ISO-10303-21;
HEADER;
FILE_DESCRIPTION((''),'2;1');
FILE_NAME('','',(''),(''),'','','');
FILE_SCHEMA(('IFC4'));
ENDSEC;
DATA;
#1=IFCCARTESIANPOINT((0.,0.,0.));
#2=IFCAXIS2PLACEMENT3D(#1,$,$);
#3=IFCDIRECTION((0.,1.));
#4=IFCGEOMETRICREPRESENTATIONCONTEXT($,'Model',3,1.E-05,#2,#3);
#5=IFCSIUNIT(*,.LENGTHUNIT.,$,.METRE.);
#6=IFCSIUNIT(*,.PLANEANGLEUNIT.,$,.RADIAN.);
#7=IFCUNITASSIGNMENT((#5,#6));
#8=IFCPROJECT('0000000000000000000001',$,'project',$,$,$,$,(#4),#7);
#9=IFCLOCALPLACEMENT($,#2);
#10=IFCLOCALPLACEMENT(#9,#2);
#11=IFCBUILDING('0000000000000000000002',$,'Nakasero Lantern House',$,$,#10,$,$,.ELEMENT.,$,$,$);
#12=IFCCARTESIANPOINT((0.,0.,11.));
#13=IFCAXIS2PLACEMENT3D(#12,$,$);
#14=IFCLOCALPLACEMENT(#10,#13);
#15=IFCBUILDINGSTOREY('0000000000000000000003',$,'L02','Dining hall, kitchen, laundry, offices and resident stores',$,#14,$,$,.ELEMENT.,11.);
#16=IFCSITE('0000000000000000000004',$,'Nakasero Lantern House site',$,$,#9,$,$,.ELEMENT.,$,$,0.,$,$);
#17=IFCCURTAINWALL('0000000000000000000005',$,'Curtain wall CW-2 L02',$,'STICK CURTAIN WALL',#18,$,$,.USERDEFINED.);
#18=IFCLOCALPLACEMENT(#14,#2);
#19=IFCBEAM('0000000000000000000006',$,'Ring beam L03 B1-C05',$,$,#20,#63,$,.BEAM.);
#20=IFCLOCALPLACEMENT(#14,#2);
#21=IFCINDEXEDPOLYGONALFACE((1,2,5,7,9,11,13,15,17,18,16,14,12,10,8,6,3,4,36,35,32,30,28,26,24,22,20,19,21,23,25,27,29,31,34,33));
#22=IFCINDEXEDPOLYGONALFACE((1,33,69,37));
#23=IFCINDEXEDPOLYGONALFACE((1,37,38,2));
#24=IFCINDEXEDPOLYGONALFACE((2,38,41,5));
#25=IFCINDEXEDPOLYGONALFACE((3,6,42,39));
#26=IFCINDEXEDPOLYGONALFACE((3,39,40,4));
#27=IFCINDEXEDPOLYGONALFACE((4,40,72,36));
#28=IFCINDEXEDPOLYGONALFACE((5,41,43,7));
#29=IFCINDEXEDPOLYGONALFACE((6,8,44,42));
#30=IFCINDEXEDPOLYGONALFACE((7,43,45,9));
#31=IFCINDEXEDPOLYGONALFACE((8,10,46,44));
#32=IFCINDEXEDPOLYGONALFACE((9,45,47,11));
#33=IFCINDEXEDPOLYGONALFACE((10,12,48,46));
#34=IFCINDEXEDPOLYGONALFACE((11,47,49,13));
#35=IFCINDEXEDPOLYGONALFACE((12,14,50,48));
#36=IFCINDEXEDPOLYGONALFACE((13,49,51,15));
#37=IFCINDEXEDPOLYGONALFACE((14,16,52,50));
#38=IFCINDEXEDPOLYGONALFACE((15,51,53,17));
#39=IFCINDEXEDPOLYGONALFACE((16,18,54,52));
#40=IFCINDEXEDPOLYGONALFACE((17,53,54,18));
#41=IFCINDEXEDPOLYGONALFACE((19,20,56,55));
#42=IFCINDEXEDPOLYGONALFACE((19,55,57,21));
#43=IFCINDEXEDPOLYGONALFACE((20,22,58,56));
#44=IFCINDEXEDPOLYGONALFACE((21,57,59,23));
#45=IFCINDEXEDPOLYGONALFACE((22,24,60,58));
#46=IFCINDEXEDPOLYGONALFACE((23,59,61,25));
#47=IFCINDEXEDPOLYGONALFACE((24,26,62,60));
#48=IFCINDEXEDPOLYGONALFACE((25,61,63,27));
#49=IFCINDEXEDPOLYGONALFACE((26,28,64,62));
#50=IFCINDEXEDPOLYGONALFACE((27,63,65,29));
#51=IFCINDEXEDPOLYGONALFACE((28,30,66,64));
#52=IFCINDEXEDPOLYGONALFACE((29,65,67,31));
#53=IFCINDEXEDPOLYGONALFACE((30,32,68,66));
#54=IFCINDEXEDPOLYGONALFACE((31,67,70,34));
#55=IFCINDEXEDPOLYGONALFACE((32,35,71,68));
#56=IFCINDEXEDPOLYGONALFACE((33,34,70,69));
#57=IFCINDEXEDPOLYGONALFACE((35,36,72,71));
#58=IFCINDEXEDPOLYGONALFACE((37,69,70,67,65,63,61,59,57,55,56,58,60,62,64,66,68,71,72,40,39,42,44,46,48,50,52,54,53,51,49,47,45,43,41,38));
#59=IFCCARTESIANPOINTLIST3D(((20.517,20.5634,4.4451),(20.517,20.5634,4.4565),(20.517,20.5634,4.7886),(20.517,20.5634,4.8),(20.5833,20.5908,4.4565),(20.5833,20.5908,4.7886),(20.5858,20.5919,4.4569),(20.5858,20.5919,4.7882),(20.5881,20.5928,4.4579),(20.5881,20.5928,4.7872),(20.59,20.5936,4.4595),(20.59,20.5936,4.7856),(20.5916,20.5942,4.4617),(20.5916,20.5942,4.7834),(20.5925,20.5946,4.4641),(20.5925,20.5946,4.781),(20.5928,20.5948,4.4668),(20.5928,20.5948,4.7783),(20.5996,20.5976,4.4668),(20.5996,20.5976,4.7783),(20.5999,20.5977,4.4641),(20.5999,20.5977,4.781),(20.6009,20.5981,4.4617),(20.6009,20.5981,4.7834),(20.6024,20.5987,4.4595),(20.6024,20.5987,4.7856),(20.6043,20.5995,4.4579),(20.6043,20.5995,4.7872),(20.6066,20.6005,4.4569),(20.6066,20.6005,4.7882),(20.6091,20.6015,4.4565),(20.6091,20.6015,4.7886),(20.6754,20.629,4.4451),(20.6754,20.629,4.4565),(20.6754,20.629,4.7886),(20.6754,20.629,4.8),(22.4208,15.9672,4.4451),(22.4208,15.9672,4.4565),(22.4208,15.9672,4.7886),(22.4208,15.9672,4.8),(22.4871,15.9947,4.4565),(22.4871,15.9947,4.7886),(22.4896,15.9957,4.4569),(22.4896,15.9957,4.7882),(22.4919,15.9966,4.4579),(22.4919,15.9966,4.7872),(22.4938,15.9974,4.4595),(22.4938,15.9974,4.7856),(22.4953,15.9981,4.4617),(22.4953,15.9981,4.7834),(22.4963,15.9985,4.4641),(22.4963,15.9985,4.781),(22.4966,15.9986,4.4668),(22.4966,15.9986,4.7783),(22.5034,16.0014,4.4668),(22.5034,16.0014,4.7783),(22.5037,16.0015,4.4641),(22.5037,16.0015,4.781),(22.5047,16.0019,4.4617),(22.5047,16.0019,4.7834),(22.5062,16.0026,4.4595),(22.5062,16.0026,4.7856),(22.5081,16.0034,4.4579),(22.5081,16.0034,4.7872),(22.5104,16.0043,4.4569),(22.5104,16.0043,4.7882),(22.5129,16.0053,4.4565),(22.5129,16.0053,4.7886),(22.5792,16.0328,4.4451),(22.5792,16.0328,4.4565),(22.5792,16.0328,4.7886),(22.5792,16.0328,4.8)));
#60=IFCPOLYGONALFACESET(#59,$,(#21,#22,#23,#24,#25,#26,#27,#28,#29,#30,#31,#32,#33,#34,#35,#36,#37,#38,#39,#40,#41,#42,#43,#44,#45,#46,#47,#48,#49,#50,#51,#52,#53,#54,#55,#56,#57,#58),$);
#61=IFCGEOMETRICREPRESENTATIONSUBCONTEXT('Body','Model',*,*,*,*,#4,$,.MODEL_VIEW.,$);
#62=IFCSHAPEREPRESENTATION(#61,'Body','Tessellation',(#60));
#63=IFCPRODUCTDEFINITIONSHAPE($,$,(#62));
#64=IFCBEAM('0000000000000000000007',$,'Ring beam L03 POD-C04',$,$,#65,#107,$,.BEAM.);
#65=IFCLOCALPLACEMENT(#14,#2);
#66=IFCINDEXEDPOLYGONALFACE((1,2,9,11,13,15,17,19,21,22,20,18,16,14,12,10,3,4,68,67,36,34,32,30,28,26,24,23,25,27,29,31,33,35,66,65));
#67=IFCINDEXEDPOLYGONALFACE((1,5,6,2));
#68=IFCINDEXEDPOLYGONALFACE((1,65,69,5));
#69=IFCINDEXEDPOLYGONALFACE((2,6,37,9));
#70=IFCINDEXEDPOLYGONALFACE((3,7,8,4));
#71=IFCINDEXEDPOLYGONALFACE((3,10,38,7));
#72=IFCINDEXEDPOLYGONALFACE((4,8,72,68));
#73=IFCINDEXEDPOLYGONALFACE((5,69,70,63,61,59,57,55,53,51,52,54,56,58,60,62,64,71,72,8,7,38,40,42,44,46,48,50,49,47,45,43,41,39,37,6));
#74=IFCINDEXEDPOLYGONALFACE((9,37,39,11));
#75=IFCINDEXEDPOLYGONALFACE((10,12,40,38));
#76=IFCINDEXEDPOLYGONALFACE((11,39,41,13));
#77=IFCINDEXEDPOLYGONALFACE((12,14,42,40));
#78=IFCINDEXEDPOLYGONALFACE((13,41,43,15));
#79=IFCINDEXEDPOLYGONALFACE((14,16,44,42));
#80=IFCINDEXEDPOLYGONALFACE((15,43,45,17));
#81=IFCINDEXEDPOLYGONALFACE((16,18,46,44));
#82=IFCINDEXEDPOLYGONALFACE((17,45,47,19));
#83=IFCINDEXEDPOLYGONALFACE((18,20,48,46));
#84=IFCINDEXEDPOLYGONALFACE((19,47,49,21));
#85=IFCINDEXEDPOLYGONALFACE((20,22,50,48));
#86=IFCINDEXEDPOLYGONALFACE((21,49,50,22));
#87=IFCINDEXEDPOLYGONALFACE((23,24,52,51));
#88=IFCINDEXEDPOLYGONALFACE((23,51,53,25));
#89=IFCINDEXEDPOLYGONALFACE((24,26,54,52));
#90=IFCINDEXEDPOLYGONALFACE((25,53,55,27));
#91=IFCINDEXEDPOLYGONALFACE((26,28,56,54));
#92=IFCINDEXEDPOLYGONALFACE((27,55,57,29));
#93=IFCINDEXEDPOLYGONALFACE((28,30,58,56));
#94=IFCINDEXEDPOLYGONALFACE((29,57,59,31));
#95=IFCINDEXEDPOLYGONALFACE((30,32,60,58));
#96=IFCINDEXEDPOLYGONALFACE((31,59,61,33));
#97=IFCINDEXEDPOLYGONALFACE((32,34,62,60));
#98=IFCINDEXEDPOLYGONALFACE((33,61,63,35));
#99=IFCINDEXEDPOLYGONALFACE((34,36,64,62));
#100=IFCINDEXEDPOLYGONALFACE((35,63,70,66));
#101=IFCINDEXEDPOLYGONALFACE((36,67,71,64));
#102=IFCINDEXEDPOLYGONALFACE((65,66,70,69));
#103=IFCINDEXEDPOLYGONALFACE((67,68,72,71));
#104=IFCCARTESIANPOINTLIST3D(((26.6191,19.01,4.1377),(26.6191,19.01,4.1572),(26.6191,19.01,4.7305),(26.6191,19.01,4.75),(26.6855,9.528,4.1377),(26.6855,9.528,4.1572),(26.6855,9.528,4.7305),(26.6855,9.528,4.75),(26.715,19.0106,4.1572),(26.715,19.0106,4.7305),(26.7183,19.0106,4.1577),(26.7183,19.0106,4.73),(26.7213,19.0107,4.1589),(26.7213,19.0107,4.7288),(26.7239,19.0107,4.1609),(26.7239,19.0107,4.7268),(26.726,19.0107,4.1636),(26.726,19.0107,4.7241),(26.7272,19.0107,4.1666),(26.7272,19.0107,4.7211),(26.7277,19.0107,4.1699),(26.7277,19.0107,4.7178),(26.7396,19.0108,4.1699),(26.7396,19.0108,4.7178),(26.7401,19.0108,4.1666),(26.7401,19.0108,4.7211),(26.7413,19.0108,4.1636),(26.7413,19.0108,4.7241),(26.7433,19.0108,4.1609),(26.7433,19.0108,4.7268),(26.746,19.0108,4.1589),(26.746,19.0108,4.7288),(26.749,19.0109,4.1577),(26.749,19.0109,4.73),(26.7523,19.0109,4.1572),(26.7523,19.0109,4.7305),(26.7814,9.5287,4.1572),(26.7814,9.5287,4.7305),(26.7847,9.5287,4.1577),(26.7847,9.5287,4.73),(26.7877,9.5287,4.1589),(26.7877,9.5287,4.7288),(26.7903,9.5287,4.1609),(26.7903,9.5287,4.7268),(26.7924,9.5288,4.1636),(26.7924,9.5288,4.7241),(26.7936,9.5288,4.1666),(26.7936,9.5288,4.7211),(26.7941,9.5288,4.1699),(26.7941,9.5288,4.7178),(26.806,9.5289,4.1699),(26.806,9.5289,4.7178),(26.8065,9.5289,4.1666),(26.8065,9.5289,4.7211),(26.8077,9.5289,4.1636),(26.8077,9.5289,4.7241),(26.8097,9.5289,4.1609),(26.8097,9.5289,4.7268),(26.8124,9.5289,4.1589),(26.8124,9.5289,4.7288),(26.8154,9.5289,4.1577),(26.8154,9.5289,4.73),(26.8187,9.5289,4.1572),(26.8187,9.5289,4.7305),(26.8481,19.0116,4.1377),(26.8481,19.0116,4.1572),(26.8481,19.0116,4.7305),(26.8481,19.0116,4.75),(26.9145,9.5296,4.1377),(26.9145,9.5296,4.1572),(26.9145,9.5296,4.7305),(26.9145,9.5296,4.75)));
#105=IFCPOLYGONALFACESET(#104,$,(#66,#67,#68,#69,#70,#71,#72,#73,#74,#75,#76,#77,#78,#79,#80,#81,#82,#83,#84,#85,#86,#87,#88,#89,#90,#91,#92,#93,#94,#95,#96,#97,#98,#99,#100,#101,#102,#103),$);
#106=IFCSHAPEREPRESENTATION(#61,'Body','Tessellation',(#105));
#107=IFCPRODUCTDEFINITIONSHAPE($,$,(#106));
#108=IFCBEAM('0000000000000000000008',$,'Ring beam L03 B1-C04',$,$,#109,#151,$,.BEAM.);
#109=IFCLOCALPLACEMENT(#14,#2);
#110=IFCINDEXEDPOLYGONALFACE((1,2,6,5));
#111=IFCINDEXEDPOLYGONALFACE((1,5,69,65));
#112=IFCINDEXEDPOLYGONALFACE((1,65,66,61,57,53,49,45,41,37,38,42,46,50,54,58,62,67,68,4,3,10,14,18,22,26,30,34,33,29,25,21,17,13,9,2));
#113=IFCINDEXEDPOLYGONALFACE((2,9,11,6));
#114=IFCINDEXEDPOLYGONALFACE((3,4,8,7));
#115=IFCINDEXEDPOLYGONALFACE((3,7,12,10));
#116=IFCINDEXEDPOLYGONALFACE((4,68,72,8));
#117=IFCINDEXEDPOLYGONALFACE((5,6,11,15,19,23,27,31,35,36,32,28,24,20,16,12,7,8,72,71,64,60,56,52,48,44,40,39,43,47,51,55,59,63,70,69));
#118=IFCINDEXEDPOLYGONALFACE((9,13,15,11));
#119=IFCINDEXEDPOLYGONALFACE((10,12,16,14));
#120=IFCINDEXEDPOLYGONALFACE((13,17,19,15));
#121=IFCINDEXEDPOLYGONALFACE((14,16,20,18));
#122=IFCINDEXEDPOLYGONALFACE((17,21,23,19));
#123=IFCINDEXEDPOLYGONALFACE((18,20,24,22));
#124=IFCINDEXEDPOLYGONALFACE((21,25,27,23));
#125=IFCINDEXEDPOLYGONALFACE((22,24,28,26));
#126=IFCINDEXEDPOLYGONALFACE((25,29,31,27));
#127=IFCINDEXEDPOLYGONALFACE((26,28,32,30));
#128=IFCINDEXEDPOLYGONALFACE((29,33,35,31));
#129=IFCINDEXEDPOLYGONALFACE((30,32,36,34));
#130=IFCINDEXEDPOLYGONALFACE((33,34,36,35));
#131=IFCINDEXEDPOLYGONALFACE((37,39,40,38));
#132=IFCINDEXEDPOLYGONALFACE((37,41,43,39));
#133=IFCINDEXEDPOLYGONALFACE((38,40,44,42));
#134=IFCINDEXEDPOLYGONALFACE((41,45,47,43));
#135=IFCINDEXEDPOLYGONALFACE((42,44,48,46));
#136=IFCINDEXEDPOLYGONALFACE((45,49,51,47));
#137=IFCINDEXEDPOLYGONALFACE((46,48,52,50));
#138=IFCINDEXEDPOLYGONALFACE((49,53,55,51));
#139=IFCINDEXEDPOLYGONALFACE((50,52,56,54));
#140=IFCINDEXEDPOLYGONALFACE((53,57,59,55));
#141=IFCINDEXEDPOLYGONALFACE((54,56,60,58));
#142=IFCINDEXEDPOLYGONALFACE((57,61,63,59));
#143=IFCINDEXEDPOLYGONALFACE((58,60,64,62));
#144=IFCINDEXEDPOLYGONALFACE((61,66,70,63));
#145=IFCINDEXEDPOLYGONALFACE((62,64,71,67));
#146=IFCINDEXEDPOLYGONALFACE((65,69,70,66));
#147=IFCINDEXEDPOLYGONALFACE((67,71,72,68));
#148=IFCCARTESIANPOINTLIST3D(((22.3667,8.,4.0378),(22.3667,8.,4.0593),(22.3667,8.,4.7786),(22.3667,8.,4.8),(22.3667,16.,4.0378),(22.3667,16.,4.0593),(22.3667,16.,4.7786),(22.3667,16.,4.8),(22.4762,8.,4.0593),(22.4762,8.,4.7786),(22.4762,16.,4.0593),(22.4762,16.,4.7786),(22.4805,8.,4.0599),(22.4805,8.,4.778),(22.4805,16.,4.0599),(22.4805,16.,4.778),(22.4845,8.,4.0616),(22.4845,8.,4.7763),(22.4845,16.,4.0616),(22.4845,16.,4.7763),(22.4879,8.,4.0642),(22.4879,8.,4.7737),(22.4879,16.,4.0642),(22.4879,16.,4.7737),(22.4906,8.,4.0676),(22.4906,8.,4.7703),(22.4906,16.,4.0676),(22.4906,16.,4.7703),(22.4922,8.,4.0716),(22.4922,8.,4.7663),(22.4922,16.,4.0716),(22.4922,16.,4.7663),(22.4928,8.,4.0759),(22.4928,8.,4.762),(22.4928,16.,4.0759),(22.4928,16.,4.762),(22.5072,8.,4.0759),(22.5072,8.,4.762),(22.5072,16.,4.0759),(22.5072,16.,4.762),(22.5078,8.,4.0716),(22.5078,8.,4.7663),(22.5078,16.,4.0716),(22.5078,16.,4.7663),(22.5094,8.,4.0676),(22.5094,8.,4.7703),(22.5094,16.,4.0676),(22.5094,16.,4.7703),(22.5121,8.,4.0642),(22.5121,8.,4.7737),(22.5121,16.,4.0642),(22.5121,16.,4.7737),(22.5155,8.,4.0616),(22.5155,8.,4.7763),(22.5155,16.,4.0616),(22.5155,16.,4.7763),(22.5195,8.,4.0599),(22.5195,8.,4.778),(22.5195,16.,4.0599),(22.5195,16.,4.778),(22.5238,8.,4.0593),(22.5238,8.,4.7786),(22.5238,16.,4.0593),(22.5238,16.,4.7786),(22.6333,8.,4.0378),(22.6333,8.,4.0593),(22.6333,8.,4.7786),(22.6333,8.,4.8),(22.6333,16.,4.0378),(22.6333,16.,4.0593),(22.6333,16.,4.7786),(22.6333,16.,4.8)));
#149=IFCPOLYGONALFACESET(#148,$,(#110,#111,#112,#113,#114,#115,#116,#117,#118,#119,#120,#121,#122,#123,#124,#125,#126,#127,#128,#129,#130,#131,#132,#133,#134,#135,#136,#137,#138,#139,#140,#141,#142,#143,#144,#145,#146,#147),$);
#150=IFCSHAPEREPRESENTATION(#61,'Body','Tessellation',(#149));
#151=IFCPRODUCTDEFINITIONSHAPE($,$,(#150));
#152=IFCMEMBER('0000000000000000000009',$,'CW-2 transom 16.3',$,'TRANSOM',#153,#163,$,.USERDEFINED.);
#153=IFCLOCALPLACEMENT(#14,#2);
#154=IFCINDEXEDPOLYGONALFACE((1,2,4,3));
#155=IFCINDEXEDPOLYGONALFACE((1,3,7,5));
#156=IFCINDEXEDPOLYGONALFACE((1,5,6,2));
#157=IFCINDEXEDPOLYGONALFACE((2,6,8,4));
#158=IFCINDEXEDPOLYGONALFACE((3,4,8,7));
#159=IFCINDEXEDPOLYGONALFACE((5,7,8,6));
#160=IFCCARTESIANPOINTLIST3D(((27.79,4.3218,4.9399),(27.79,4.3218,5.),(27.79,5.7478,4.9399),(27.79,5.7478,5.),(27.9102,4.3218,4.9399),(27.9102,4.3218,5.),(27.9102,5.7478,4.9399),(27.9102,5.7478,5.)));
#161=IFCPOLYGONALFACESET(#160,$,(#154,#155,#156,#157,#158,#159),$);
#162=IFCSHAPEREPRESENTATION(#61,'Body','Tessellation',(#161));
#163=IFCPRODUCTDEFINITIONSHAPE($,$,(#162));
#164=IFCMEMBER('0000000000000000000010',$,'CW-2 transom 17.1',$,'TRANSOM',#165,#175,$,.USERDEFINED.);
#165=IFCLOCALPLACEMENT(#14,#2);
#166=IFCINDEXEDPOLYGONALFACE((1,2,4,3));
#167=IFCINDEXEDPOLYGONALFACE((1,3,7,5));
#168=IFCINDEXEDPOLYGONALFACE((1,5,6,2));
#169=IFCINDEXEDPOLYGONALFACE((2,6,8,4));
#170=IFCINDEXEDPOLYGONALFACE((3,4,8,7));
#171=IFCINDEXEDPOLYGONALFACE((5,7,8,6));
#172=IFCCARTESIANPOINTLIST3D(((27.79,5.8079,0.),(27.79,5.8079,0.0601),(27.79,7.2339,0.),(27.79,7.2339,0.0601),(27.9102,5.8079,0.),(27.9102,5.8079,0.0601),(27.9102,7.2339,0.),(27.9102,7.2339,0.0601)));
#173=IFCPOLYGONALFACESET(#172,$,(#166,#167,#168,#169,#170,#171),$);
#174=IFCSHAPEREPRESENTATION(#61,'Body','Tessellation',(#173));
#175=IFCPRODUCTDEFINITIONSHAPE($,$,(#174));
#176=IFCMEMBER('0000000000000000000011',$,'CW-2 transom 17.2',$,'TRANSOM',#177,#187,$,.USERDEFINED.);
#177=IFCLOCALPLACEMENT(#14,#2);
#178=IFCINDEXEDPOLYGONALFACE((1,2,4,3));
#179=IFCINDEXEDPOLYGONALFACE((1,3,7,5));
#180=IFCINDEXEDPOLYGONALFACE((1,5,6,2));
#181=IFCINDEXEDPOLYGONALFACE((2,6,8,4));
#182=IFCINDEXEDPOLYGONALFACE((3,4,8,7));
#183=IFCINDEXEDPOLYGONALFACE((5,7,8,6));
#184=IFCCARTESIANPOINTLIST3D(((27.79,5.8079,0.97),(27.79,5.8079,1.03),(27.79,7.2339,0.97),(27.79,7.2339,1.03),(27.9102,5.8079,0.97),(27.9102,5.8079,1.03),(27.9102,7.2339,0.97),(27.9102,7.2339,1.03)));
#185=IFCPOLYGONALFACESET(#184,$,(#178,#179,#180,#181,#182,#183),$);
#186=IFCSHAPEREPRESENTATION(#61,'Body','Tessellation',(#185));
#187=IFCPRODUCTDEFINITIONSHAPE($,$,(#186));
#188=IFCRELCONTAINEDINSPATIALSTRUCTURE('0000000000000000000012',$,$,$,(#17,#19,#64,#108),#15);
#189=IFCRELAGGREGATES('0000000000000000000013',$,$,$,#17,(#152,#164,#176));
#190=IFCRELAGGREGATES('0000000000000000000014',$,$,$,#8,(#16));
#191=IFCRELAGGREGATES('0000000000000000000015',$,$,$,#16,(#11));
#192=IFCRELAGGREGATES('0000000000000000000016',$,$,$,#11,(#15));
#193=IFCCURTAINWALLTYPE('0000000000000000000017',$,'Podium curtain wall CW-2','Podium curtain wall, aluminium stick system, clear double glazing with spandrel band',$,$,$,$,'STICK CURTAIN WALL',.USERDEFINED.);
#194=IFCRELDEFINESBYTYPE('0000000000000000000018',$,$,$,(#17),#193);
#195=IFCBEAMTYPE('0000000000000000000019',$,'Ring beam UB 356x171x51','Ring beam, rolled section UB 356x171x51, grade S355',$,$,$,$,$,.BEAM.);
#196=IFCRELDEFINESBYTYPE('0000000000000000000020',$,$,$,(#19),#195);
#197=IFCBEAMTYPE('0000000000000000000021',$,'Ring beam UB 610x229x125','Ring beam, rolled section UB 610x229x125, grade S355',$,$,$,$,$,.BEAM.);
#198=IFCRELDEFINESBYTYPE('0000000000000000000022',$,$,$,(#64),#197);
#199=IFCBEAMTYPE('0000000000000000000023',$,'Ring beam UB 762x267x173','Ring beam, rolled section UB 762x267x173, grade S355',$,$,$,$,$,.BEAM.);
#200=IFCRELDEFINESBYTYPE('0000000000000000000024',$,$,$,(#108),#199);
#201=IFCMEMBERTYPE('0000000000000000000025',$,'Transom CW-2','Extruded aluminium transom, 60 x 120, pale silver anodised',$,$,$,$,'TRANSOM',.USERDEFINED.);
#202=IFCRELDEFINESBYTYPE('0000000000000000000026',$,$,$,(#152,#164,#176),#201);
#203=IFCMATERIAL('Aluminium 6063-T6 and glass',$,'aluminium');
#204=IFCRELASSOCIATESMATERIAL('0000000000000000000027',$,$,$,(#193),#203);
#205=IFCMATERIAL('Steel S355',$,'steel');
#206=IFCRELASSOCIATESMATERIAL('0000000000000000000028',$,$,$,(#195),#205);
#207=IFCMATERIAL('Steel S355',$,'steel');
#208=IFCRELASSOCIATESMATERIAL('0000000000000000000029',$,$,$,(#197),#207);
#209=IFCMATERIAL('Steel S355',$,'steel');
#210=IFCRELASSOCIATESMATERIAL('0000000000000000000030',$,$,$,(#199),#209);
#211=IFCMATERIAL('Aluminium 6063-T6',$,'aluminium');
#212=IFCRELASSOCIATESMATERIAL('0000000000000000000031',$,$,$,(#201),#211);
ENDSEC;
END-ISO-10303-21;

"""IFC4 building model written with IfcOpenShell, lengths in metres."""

from ifc_helpers import new_model, si_unit, direction, frame, origin, origin_2d, place, context, subcontext, project, spatial, rectangle, i_section, extrude, material, material_profile, profile_set, type_object, element, aggregate, save


model = new_model("IFC4")

# Units and contexts
model_context = context("Model", 3, precision=1e-05, world=origin(), true_north=direction((0.0, 1.0)))
body_context = subcontext(model_context, "Body", "Model", "MODEL_VIEW")
ifc_project = project(units=[si_unit("LENGTHUNIT", "METRE"), si_unit("PLANEANGLEUNIT", "RADIAN")], contexts=[model_context])

# Site, building, storey
site_placement = place(None, origin())
site = spatial("IfcSite", under=ifc_project, at=site_placement, Name="Nakasero Lantern House site", CompositionType="ELEMENT", RefElevation=0.0)
building_placement = place(site_placement, origin())
building = spatial("IfcBuilding", under=site, at=building_placement, Name="Nakasero Lantern House", CompositionType="ELEMENT")
storey_placement = place(building_placement, frame((0.0, 0.0, 11.0)))
storey = spatial("IfcBuildingStorey", under=building, at=storey_placement, Name="L02", Description="Dining hall, kitchen, laundry, offices and resident stores", CompositionType="ELEMENT", Elevation=11.0)

# Curtain wall
ifc_material_1 = material(Name="Aluminium 6063-T6 and glass", Category="aluminium")
curtain_wall_type = type_object("IfcCurtainWallType", Name="Podium curtain wall CW-2", Description="Podium curtain wall, aluminium stick system, clear double glazing with spandrel band", ElementType="STICK CURTAIN WALL", PredefinedType="USERDEFINED", material=ifc_material_1)
curtain_wall_1_placement = place(storey_placement, origin())
curtain_wall_1 = element("IfcCurtainWall", 1, at=curtain_wall_1_placement, inside=storey, type_object=curtain_wall_type, Name="Curtain wall CW-2 L02", ObjectType="STICK CURTAIN WALL", PredefinedType="USERDEFINED")

# Beams
ifc_material_2 = material(Name="Steel S355", Category="steel")
ifc_material_profile_1 = material_profile(ifc_material_2, i_section(OverallWidth=0.1714, OverallDepth=0.355, WebThickness=0.0073, FlangeThickness=0.0115, FilletRadius=0.0103, at=origin_2d()), Name="UB 356x171x51")
ifc_profile_set_1 = profile_set([ifc_material_profile_1], Name="Steel S355")
beam_type_1 = type_object("IfcBeamType", Name="Ring beam UB 356x171x51", Description="Ring beam, rolled section UB 356x171x51, grade S355", PredefinedType="BEAM", material=ifc_profile_set_1)
beam_1_placement = place(storey_placement, frame((22.5, 16.0, 4.6226), z_axis=(-0.382684, 0.923879, 0.0), x_axis=(-0.923879, -0.382684, 0.0)))
element("IfcBeam", 2, at=beam_1_placement, inside=storey, type_object=beam_type_1, Name="Ring beam L03 B1-C05", PredefinedType="BEAM", context=body_context, shape_type="SweptSolid", body=[
    extrude(i_section(OverallWidth=0.1714, OverallDepth=0.355, WebThickness=0.0073, FlangeThickness=0.0115, FilletRadius=0.0103, at=origin_2d()), origin(), (0.0, 0.0, 1.0), 4.9749),
])
ifc_material_3 = material(Name="Steel S355", Category="steel")
ifc_material_profile_2 = material_profile(ifc_material_3, i_section(OverallWidth=0.229, OverallDepth=0.6123, WebThickness=0.012, FlangeThickness=0.0195, FilletRadius=0.0127, at=origin_2d()), Name="UB 610x229x125")
ifc_profile_set_2 = profile_set([ifc_material_profile_2], Name="Steel S355")
beam_type_2 = type_object("IfcBeamType", Name="Ring beam UB 610x229x125", Description="Ring beam, rolled section UB 610x229x125, grade S355", PredefinedType="BEAM", material=ifc_profile_set_2)
beam_2_placement = place(storey_placement, frame((26.8, 9.5288, 4.4438), z_axis=(-0.007003, 0.999975, 0.0), x_axis=(-0.999975, -0.007003, 0.0)))
element("IfcBeam", 3, at=beam_2_placement, inside=storey, type_object=beam_type_2, Name="Ring beam L03 POD-C04", PredefinedType="BEAM", context=body_context, shape_type="SweptSolid", body=[
    extrude(i_section(OverallWidth=0.229, OverallDepth=0.6123, WebThickness=0.012, FlangeThickness=0.0195, FilletRadius=0.0127, at=origin_2d()), origin(), (0.0, 0.0, 1.0), 9.4822),
])
ifc_material_4 = material(Name="Steel S355", Category="steel")
ifc_material_profile_3 = material_profile(ifc_material_4, i_section(OverallWidth=0.2666, OverallDepth=0.7622, WebThickness=0.0144, FlangeThickness=0.0215, FilletRadius=0.0166, at=origin_2d()), Name="UB 762x267x173")
ifc_profile_set_3 = profile_set([ifc_material_profile_3], Name="Steel S355")
beam_type_3 = type_object("IfcBeamType", Name="Ring beam UB 762x267x173", Description="Ring beam, rolled section UB 762x267x173, grade S355", PredefinedType="BEAM", material=ifc_profile_set_3)
beam_3_placement = place(storey_placement, frame((22.5, 8.0, 4.4189), z_axis=(0.0, 1.0, 0.0), x_axis=(-1.0, 0.0, 0.0)))
element("IfcBeam", 4, at=beam_3_placement, inside=storey, type_object=beam_type_3, Name="Ring beam L03 B1-C04", PredefinedType="BEAM", context=body_context, shape_type="SweptSolid", body=[
    extrude(i_section(OverallWidth=0.2666, OverallDepth=0.7622, WebThickness=0.0144, FlangeThickness=0.0215, FilletRadius=0.0166, at=origin_2d()), origin(), (0.0, 0.0, 1.0), 8.0),
])

# Members
ifc_material_5 = material(Name="Aluminium 6063-T6", Category="aluminium")
ifc_material_profile_4 = material_profile(ifc_material_5, rectangle(XDim=0.0601, YDim=0.1201, at=origin_2d()), Name="CW-2 transom 60x120")
ifc_profile_set_4 = profile_set([ifc_material_profile_4], Name="Aluminium 6063-T6")
member_type_1 = type_object("IfcMemberType", Name="Transom CW-2", Description="Extruded aluminium transom, 60 x 120, pale silver anodised", ElementType="TRANSOM", PredefinedType="USERDEFINED", material=ifc_profile_set_4)
member_1_placement = place(storey_placement, frame((27.8501, 4.3218, 4.97), z_axis=(0.0, 1.0, 0.0), x_axis=(0.0, 0.0, 1.0)))
member_1 = element("IfcMember", 5, at=member_1_placement, type_object=member_type_1, Name="CW-2 transom 16.3", ObjectType="TRANSOM", PredefinedType="USERDEFINED", context=body_context, shape_type="SweptSolid", body=[
    extrude(rectangle(XDim=0.0601, YDim=0.1201, at=origin_2d()), origin(), (0.0, 0.0, 1.0), 1.426),
])
member_2_placement = place(storey_placement, frame((27.8501, 5.8079, 0.03), z_axis=(0.0, 1.0, 0.0), x_axis=(0.0, 0.0, 1.0)))
member_2 = element("IfcMember", 6, at=member_2_placement, type_object=member_type_1, Name="CW-2 transom 17.1", ObjectType="TRANSOM", PredefinedType="USERDEFINED", context=body_context, shape_type="SweptSolid", body=[
    extrude(rectangle(XDim=0.0601, YDim=0.1201, at=origin_2d()), origin(), (0.0, 0.0, 1.0), 1.426),
])
member_3_placement = place(storey_placement, frame((27.8501, 5.8079, 1.0), z_axis=(0.0, 1.0, 0.0), x_axis=(0.0, 0.0, 1.0)))
member_3 = element("IfcMember", 7, at=member_3_placement, type_object=member_type_1, Name="CW-2 transom 17.2", ObjectType="TRANSOM", PredefinedType="USERDEFINED", context=body_context, shape_type="SweptSolid", body=[
    extrude(rectangle(XDim=0.0601, YDim=0.1201, at=origin_2d()), origin(), (0.0, 0.0, 1.0), 1.426),
])

aggregate(curtain_wall_1, [member_1, member_2, member_3])

save(model, "model.ifc")
